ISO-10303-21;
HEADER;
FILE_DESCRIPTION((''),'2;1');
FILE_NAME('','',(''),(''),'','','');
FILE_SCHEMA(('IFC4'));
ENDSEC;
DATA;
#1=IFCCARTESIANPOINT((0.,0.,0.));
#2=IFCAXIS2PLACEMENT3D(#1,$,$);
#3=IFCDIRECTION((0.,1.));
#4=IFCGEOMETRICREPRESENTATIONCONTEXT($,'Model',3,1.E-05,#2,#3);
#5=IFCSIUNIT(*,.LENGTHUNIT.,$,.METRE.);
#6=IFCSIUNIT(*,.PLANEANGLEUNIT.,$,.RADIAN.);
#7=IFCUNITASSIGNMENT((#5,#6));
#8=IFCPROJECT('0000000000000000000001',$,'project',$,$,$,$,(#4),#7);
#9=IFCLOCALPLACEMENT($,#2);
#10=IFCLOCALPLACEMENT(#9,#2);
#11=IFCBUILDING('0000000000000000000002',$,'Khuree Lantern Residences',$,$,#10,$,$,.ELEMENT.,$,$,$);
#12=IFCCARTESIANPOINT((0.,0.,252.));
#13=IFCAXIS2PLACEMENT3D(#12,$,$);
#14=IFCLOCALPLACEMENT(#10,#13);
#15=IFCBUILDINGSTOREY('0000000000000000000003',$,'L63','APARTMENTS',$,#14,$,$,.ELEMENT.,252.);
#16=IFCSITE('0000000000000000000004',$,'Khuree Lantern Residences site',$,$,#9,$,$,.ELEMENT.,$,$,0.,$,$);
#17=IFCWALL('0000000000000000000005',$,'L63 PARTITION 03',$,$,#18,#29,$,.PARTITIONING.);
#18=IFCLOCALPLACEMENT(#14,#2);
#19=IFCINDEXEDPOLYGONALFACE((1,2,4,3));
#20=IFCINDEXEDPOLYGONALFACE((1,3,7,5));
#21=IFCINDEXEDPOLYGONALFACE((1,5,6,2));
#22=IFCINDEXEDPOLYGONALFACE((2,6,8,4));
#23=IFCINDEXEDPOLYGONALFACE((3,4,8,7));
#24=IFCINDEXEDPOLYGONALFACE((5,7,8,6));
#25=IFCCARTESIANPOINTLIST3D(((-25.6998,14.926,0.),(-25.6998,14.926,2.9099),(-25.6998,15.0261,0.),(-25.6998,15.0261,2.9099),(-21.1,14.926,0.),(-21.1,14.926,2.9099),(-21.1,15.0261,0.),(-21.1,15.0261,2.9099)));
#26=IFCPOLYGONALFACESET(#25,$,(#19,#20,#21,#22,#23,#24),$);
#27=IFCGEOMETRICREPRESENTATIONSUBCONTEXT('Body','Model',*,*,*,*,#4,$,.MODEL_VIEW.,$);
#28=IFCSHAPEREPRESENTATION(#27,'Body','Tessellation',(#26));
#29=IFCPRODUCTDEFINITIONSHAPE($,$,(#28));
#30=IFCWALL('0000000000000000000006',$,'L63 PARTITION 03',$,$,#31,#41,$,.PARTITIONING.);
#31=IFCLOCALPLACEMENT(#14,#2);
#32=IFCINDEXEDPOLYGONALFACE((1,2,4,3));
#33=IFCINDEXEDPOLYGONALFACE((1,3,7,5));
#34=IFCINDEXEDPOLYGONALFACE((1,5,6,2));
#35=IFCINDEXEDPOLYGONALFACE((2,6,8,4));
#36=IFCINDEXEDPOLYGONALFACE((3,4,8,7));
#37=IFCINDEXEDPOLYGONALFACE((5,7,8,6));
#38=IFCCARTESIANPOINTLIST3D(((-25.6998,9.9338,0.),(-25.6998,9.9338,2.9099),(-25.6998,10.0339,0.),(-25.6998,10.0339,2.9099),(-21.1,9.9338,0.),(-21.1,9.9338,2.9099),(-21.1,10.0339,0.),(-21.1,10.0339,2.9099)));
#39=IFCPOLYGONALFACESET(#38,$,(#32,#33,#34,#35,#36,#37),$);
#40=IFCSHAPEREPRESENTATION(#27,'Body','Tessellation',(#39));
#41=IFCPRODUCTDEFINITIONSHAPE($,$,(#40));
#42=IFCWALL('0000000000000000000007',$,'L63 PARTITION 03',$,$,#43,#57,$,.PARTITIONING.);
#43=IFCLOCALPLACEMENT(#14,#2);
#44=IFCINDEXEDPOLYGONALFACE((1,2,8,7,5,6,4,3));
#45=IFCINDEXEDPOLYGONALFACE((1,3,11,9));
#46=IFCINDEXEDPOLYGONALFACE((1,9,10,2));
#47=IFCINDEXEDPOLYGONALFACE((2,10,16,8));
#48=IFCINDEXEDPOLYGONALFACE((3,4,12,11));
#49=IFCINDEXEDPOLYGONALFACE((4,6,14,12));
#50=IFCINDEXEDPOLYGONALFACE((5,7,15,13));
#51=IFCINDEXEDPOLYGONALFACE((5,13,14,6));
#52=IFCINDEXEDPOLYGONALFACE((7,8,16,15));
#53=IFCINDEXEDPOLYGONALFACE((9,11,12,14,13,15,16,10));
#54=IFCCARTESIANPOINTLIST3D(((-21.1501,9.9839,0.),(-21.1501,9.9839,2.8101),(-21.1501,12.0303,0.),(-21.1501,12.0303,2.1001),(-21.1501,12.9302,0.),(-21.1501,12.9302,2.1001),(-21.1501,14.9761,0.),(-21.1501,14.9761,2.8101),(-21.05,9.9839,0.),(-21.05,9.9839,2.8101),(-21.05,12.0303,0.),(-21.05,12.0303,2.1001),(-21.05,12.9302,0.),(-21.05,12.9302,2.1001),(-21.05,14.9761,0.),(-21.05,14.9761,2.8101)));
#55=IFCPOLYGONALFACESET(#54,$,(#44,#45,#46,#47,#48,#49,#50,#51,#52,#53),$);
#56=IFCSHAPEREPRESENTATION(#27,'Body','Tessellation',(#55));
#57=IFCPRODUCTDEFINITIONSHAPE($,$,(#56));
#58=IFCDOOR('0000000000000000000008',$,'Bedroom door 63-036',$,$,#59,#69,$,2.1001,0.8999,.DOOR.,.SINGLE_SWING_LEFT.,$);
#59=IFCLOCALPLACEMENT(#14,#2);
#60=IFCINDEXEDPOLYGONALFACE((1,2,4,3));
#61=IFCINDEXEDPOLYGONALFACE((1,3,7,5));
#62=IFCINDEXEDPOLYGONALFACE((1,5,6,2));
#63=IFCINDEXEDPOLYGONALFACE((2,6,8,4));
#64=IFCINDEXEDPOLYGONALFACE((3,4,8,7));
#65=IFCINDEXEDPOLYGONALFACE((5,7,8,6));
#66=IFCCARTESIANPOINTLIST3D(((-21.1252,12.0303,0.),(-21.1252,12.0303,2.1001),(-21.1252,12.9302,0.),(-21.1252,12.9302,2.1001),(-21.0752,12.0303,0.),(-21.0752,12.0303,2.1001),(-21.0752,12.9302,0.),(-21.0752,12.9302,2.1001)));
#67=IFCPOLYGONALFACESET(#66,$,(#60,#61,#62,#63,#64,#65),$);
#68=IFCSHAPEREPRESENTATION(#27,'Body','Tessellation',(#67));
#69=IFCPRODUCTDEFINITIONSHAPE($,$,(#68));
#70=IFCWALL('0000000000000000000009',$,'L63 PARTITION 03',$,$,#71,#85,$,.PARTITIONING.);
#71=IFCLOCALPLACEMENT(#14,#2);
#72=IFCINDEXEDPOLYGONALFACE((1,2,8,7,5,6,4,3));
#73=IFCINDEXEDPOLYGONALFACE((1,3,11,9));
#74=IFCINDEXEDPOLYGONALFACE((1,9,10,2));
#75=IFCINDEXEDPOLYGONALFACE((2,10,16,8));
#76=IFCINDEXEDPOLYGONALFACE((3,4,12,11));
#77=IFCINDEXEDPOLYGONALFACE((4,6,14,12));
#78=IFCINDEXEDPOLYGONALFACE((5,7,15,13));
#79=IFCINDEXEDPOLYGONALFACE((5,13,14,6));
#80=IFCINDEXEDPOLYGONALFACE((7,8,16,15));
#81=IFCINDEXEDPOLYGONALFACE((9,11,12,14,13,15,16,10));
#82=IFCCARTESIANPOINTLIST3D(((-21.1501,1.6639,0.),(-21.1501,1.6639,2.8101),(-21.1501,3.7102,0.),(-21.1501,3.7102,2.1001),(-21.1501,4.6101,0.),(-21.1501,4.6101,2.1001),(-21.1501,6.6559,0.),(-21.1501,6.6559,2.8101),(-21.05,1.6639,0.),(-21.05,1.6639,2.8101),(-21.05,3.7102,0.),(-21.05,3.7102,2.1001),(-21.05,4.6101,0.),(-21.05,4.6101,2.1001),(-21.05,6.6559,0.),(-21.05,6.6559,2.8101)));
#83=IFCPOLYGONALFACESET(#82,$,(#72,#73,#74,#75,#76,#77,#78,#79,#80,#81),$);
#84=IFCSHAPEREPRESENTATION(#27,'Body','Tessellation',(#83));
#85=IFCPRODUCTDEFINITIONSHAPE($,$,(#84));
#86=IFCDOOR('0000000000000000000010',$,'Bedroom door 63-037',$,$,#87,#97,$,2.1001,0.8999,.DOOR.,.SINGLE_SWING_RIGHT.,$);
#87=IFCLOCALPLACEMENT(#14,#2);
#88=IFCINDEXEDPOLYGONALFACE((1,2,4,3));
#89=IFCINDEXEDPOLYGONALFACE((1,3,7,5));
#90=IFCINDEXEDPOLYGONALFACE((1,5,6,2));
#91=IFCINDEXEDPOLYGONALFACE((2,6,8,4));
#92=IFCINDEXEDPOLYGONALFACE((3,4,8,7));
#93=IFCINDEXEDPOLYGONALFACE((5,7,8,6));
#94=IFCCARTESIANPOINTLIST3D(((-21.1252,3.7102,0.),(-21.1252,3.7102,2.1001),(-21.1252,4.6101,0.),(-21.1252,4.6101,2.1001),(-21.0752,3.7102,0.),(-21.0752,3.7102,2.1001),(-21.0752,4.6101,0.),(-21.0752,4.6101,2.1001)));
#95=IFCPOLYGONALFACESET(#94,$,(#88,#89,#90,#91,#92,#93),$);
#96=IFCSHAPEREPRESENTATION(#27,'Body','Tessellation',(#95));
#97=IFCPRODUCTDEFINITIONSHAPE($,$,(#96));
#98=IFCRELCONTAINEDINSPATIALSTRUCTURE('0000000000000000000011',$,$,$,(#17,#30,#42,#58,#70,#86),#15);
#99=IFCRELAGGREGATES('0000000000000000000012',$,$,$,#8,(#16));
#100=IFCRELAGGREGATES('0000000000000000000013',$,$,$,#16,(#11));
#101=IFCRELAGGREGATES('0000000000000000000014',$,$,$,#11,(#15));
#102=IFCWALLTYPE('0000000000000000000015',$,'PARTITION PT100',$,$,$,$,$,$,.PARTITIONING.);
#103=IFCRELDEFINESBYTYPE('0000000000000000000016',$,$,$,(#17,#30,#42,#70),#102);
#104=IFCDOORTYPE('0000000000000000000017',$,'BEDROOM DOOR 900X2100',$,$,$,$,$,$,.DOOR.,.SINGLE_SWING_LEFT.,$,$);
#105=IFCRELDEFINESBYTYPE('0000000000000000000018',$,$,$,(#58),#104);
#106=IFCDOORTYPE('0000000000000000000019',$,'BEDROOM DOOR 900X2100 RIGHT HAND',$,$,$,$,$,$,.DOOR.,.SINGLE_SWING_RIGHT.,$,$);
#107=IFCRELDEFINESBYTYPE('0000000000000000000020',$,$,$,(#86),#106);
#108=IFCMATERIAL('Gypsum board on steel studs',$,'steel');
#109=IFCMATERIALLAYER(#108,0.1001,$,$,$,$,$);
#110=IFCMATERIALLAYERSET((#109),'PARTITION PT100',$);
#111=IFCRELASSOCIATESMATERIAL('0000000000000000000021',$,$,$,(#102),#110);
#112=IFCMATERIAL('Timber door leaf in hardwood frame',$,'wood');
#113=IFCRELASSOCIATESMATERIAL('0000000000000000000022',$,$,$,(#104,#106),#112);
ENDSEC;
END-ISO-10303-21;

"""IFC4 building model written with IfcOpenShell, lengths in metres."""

from ifc_helpers import new_model, si_unit, direction, frame, frame_2d, origin, place, context, subcontext, project, spatial, rectangle, extrude, material, layer, layer_set, type_object, element, fill, save


model = new_model("IFC4")

# Units and contexts
model_context = context("Model", 3, precision=1e-05, world=origin(), true_north=direction((0.0, 1.0)))
body_context = subcontext(model_context, "Body", "Model", "MODEL_VIEW")
ifc_project = project(units=[si_unit("LENGTHUNIT", "METRE"), si_unit("PLANEANGLEUNIT", "RADIAN")], contexts=[model_context])

# Site, building, storey
site_placement = place(None, origin())
site = spatial("IfcSite", under=ifc_project, at=site_placement, Name="Khuree Lantern Residences site", CompositionType="ELEMENT", RefElevation=0.0)
building_placement = place(site_placement, origin())
building = spatial("IfcBuilding", under=site, at=building_placement, Name="Khuree Lantern Residences", CompositionType="ELEMENT")
storey_placement = place(building_placement, frame((0.0, 0.0, 252.0)))
storey = spatial("IfcBuildingStorey", under=building, at=storey_placement, Name="L63", Description="APARTMENTS", CompositionType="ELEMENT", Elevation=252.0)

# Shared definitions
ifc_material_1 = material(Name="Timber door leaf in hardwood frame", Category="wood")

# Shared definitions
ifc_material_2 = material(Name="Gypsum board on steel studs", Category="steel")

# Walls
ifc_layer_1 = layer(ifc_material_2, 0.1001)
ifc_layer_set_1 = layer_set([ifc_layer_1], Name="PARTITION PT100")
wall_type_1 = type_object("IfcWallType", Name="PARTITION PT100", PredefinedType="PARTITIONING", material=ifc_layer_set_1)
for number, where, z_axis, x_axis, name in (
    (1, (-21.1001, 14.9761, 0.0), (0.0, 0.0, 1.0), (-1.0, 0.0, 0.0), "L63 PARTITION 03"),
    (2, (-21.1001, 9.9839, 0.0), (0.0, 0.0, 1.0), (-1.0, 0.0, 0.0), "L63 PARTITION 03"),
):
    element("IfcWall", number, at=place(storey_placement, frame(where, z_axis=z_axis, x_axis=x_axis)), inside=storey, type_object=wall_type_1, Name=name, PredefinedType="PARTITIONING", context=body_context, shape_type="SweptSolid", body=[
        extrude(rectangle(XDim=4.5999, YDim=0.1001, at=frame_2d((2.2998, 0.0))), origin(), (0.0, 0.0, 1.0), 2.9099),
    ])

# Walls, openings, doors
wall_1_placement = place(storey_placement, frame((-21.1001, 14.9761, 0.0), z_axis=(0.0, 0.0, 1.0), x_axis=(0.0, -1.0, 0.0)))
wall_1 = element("IfcWall", 3, at=wall_1_placement, inside=storey, type_object=wall_type_1, Name="L63 PARTITION 03", PredefinedType="PARTITIONING", context=body_context, shape_type="SweptSolid", body=[
    extrude(rectangle(XDim=4.9922, YDim=0.1001, at=frame_2d((2.4961, 0.0))), origin(), (0.0, 0.0, 1.0), 2.8101),
])
opening_1_placement = place(wall_1_placement, frame((2.0459, 0.0, 0.0)))
opening_1 = element("IfcOpeningElement", 4, at=opening_1_placement, cuts=wall_1, PredefinedType="OPENING", context=body_context, shape_type="SweptSolid", body=[
    extrude(rectangle(XDim=0.8999, YDim=2.1001, at=frame_2d((0.45, 1.05))), frame((0.0, 0.0601, 0.0), z_axis=(0.0, -1.0, 0.0), x_axis=(1.0, 0.0, 0.0)), (0.0, 0.0, 1.0), 0.1201),
])
door_type_1 = type_object("IfcDoorType", Name="BEDROOM DOOR 900X2100", OperationType="SINGLE_SWING_LEFT", PredefinedType="DOOR", material=ifc_material_1)
door_1_placement = place(opening_1_placement, origin())
door_1 = element("IfcDoor", 5, at=door_1_placement, inside=storey, type_object=door_type_1, Name="Bedroom door 63-036", OperationType="SINGLE_SWING_LEFT", OverallHeight=2.1001, OverallWidth=0.8999, PredefinedType="DOOR", context=body_context, shape_type="SweptSolid", body=[
    extrude(rectangle(XDim=0.8999, YDim=2.1001, at=frame_2d((0.45, 1.05))), frame((0.0, 0.0249, 0.0), z_axis=(0.0, -1.0, 0.0), x_axis=(1.0, 0.0, 0.0)), (0.0, 0.0, 1.0), 0.05),
])
fill(opening_1, door_1)
wall_2_placement = place(storey_placement, frame((-21.1001, 6.656, 0.0), z_axis=(0.0, 0.0, 1.0), x_axis=(0.0, -1.0, 0.0)))
wall_2 = element("IfcWall", 6, at=wall_2_placement, inside=storey, type_object=wall_type_1, Name="L63 PARTITION 03", PredefinedType="PARTITIONING", context=body_context, shape_type="SweptSolid", body=[
    extrude(rectangle(XDim=4.9919, YDim=0.1001, at=frame_2d((2.4961, 0.0))), origin(), (0.0, 0.0, 1.0), 2.8101),
])
opening_2_placement = place(wall_2_placement, frame((2.0459, 0.0, 0.0)))
opening_2 = element("IfcOpeningElement", 7, at=opening_2_placement, cuts=wall_2, PredefinedType="OPENING", context=body_context, shape_type="SweptSolid", body=[
    extrude(rectangle(XDim=0.8999, YDim=2.1001, at=frame_2d((0.45, 1.05))), frame((0.0, 0.0601, 0.0), z_axis=(0.0, -1.0, 0.0), x_axis=(1.0, 0.0, 0.0)), (0.0, 0.0, 1.0), 0.1201),
])
door_type_2 = type_object("IfcDoorType", Name="BEDROOM DOOR 900X2100 RIGHT HAND", OperationType="SINGLE_SWING_RIGHT", PredefinedType="DOOR", material=ifc_material_1)
door_2_placement = place(opening_2_placement, origin())
door_2 = element("IfcDoor", 8, at=door_2_placement, inside=storey, type_object=door_type_2, Name="Bedroom door 63-037", OperationType="SINGLE_SWING_RIGHT", OverallHeight=2.1001, OverallWidth=0.8999, PredefinedType="DOOR", context=body_context, shape_type="SweptSolid", body=[
    extrude(rectangle(XDim=0.8999, YDim=2.1001, at=frame_2d((0.45, 1.05))), frame((0.0, 0.0249, 0.0), z_axis=(0.0, -1.0, 0.0), x_axis=(1.0, 0.0, 0.0)), (0.0, 0.0, 1.0), 0.05),
])
fill(opening_2, door_2)

save(model, "model.ifc")
